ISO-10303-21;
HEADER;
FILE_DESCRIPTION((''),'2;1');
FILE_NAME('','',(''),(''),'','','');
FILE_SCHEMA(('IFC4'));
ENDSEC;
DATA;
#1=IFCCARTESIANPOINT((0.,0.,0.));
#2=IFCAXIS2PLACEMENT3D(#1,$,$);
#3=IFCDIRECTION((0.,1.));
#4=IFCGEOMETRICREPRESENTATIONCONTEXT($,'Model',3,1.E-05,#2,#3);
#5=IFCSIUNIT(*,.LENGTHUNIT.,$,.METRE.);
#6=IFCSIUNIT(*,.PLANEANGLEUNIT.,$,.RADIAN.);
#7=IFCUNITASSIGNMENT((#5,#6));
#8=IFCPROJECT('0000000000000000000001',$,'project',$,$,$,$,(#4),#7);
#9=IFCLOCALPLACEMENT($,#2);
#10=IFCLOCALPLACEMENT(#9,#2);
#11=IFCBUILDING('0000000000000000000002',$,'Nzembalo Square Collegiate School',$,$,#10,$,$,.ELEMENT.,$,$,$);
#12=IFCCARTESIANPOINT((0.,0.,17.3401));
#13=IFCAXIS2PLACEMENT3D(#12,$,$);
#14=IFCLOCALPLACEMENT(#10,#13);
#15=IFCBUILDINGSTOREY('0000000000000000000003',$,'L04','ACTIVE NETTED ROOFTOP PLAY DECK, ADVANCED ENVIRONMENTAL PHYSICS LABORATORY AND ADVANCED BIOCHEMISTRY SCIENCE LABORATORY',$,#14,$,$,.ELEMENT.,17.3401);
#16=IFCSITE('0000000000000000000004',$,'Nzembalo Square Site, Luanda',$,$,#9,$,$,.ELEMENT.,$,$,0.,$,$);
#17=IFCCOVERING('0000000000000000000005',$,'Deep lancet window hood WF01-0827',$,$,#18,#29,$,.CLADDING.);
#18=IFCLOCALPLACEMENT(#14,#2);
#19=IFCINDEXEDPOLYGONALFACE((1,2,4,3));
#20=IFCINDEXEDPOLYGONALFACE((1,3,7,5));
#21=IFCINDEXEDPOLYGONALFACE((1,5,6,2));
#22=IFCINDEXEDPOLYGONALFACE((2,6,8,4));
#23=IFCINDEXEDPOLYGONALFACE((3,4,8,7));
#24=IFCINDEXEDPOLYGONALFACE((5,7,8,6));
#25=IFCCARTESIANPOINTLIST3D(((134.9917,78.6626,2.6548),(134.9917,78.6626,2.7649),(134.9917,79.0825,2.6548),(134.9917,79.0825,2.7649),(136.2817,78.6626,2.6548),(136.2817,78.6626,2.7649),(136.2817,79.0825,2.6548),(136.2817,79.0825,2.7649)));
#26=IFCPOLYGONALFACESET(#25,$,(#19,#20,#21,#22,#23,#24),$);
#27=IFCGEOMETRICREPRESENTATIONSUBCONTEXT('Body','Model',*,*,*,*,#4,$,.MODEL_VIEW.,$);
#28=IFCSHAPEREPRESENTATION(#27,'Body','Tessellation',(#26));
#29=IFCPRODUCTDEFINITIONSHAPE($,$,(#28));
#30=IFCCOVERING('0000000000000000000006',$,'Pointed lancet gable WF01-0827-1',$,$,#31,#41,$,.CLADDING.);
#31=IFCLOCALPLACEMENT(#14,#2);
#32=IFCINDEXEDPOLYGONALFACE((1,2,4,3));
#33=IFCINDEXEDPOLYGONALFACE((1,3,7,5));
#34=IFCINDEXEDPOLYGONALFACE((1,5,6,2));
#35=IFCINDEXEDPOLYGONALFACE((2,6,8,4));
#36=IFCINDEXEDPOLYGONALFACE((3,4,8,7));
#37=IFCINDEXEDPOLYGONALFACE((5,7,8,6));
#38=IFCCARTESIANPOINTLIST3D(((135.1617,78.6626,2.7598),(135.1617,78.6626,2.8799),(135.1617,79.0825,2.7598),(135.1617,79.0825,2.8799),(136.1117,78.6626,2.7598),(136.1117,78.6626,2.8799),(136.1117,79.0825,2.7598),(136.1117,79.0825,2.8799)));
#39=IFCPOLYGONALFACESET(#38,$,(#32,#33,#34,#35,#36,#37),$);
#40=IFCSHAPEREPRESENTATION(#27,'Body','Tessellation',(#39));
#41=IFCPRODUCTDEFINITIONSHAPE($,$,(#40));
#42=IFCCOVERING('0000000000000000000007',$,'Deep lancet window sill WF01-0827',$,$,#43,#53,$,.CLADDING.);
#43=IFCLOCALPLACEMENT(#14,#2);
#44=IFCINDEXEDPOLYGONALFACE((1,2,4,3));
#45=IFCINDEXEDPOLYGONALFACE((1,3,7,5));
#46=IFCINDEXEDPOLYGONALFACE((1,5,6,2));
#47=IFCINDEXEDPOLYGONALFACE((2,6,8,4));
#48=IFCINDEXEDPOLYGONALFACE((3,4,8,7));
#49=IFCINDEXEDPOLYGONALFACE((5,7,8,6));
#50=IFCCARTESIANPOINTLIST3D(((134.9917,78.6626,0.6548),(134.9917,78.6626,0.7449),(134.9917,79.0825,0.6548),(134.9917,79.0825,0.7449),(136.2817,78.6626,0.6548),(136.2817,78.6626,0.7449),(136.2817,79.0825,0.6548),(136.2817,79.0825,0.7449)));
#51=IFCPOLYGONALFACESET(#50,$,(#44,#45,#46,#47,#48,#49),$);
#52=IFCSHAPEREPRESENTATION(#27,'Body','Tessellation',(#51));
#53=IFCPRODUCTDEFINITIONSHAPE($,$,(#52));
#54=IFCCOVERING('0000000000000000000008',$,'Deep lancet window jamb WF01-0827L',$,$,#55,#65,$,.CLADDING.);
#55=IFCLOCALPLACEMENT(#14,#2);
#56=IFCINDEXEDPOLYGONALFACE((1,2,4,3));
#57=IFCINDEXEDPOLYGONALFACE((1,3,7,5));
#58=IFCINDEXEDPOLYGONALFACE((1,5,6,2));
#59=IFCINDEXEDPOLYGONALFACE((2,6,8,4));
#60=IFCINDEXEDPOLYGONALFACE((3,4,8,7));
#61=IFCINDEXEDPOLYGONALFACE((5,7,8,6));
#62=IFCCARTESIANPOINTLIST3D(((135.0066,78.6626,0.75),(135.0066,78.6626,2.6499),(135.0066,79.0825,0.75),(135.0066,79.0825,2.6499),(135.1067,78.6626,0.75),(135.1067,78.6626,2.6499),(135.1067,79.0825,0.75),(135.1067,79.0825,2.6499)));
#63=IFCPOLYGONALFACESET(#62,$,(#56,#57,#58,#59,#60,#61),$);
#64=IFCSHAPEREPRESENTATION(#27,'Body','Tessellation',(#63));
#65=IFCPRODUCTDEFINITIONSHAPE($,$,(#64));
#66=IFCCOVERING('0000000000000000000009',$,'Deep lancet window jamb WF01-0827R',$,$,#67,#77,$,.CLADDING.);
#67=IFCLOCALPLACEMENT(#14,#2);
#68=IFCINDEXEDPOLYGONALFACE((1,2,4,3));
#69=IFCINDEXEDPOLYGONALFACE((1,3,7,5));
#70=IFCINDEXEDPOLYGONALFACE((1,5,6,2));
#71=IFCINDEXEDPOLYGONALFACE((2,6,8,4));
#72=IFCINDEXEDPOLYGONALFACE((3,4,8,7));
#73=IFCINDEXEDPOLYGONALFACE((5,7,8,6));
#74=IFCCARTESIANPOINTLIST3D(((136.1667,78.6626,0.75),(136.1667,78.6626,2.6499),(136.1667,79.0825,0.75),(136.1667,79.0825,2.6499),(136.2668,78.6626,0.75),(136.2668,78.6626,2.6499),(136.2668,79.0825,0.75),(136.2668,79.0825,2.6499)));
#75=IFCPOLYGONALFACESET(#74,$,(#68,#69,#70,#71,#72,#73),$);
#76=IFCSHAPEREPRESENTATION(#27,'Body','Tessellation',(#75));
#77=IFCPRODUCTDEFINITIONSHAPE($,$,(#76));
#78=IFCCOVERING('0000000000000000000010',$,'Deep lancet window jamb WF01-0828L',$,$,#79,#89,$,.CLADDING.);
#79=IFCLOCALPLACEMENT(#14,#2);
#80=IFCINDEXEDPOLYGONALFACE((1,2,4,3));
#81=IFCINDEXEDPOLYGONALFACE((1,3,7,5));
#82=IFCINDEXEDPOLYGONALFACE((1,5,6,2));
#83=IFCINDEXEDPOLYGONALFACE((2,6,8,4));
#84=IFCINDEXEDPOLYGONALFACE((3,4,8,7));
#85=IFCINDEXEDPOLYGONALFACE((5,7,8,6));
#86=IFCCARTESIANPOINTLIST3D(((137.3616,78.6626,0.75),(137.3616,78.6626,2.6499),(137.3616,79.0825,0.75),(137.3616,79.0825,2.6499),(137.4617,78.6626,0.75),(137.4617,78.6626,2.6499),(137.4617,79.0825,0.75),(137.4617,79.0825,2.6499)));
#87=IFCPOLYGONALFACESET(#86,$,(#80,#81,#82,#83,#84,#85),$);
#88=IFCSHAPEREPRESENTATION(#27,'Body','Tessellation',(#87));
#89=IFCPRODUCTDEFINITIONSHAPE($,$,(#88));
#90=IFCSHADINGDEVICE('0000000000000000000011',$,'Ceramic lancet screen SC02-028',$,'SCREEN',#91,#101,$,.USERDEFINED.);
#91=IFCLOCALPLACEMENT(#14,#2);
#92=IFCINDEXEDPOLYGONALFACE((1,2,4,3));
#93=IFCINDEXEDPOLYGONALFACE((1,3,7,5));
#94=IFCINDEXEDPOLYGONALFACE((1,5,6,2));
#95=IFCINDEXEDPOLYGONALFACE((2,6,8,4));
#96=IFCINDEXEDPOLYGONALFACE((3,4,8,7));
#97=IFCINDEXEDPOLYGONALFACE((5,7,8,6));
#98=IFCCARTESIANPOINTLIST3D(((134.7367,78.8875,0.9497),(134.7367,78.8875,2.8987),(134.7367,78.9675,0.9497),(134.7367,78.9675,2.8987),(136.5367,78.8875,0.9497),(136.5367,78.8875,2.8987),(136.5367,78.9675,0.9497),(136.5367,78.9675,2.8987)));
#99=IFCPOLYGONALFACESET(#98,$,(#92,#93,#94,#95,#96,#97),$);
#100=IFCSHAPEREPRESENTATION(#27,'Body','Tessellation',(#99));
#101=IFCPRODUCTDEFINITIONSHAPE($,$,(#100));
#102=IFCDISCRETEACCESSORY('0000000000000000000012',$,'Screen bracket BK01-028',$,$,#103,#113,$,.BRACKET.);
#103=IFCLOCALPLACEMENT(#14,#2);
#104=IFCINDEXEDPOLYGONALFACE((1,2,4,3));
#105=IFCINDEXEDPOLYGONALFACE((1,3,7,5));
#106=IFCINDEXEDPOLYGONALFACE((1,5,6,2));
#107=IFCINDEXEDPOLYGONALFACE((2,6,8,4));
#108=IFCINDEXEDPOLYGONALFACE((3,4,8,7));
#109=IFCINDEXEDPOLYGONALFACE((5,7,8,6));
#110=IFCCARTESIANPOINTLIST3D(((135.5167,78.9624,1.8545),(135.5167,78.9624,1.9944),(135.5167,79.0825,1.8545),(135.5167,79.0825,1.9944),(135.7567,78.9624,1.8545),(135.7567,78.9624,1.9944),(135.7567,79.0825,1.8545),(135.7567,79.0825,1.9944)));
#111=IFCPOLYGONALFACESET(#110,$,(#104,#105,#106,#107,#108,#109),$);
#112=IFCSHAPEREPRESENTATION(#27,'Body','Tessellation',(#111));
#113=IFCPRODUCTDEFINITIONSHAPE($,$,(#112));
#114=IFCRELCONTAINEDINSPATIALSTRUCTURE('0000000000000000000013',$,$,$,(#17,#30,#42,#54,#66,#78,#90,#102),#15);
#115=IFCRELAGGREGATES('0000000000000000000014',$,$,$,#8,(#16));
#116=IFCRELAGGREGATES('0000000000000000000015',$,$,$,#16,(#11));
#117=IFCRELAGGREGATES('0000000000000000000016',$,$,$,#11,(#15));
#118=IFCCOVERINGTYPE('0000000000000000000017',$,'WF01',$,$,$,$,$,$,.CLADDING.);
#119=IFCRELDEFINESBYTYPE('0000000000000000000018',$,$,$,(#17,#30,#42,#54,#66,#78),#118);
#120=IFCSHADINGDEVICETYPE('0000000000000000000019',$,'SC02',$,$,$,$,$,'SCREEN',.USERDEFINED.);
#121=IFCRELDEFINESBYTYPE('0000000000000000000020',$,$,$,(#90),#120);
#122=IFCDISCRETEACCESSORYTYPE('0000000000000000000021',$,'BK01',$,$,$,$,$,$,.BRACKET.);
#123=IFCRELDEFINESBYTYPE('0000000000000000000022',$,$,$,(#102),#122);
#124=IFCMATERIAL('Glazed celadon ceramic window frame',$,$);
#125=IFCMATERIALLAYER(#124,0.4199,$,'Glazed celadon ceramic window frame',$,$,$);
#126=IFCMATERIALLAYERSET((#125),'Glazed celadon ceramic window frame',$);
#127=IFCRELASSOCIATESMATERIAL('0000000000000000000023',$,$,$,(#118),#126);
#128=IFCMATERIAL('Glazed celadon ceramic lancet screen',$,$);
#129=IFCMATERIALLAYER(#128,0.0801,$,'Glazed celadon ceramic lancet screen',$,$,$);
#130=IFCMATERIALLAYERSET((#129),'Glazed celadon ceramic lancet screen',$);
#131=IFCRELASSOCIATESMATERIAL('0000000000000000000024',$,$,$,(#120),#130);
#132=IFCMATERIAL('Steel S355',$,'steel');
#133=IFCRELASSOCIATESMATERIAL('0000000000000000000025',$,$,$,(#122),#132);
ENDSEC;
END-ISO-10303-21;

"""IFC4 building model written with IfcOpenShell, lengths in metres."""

from ifc_helpers import new_model, si_unit, direction, frame, origin, origin_2d, place, context, subcontext, project, spatial, rectangle, extrude, material, layer, layer_set, type_object, element, save


model = new_model("IFC4")

# Units and contexts
model_context = context("Model", 3, precision=1e-05, world=origin(), true_north=direction((0.0, 1.0)))
body_context = subcontext(model_context, "Body", "Model", "MODEL_VIEW")
ifc_project = project(units=[si_unit("LENGTHUNIT", "METRE"), si_unit("PLANEANGLEUNIT", "RADIAN")], contexts=[model_context])

# Site, building, storey
site_placement = place(None, origin())
site = spatial("IfcSite", under=ifc_project, at=site_placement, Name="Nzembalo Square Site, Luanda", CompositionType="ELEMENT", RefElevation=0.0)
building_placement = place(site_placement, origin())
building = spatial("IfcBuilding", under=site, at=building_placement, Name="Nzembalo Square Collegiate School", CompositionType="ELEMENT")
storey_placement = place(building_placement, frame((0.0, 0.0, 17.3401)))
storey = spatial("IfcBuildingStorey", under=building, at=storey_placement, Name="L04", Description="ACTIVE NETTED ROOFTOP PLAY DECK, ADVANCED ENVIRONMENTAL PHYSICS LABORATORY AND ADVANCED BIOCHEMISTRY SCIENCE LABORATORY", CompositionType="ELEMENT", Elevation=17.3401)

# Coverings
ifc_material_1 = material(Name="Glazed celadon ceramic window frame")
ifc_layer_1 = layer(ifc_material_1, 0.4199, Name="Glazed celadon ceramic window frame")
ifc_layer_set_1 = layer_set([ifc_layer_1], Name="Glazed celadon ceramic window frame")
covering_type_1 = type_object("IfcCoveringType", Name="WF01", PredefinedType="CLADDING", material=ifc_layer_set_1)
covering_1_placement = place(storey_placement, frame((135.6367, 78.8726, 2.6548), z_axis=(0.0, 0.0, 1.0), x_axis=(1.0, 0.0, 0.0)))
element("IfcCovering", 1, at=covering_1_placement, inside=storey, type_object=covering_type_1, Name="Deep lancet window hood WF01-0827", PredefinedType="CLADDING", context=body_context, shape_type="SweptSolid", body=[
    extrude(rectangle(XDim=1.29, YDim=0.4199, at=origin_2d()), origin(), (0.0, 0.0, 1.0), 0.1101),
])
covering_2_placement = place(storey_placement, frame((135.6367, 78.8726, 2.7598), z_axis=(0.0, 0.0, 1.0), x_axis=(1.0, 0.0, 0.0)))
element("IfcCovering", 2, at=covering_2_placement, inside=storey, type_object=covering_type_1, Name="Pointed lancet gable WF01-0827-1", PredefinedType="CLADDING", context=body_context, shape_type="SweptSolid", body=[
    extrude(rectangle(XDim=0.95, YDim=0.4199, at=origin_2d()), origin(), (0.0, 0.0, 1.0), 0.1201),
])
covering_3_placement = place(storey_placement, frame((135.6367, 78.8726, 0.6548), z_axis=(0.0, 0.0, 1.0), x_axis=(1.0, 0.0, 0.0)))
element("IfcCovering", 3, at=covering_3_placement, inside=storey, type_object=covering_type_1, Name="Deep lancet window sill WF01-0827", PredefinedType="CLADDING", context=body_context, shape_type="SweptSolid", body=[
    extrude(rectangle(XDim=1.29, YDim=0.4199, at=origin_2d()), origin(), (0.0, 0.0, 1.0), 0.0901),
])
for number, where, z_axis, x_axis, name in (
    (4, (135.0566, 78.8726, 0.75), (0.0, 0.0, 1.0), (1.0, 0.0, 0.0), "Deep lancet window jamb WF01-0827L"),
    (5, (136.2168, 78.8726, 0.75), (0.0, 0.0, 1.0), (1.0, 0.0, 0.0), "Deep lancet window jamb WF01-0827R"),
    (6, (137.4116, 78.8726, 0.75), (0.0, 0.0, 1.0), (1.0, 0.0, 0.0), "Deep lancet window jamb WF01-0828L"),
):
    element("IfcCovering", number, at=place(storey_placement, frame(where, z_axis=z_axis, x_axis=x_axis)), inside=storey, type_object=covering_type_1, Name=name, PredefinedType="CLADDING", context=body_context, shape_type="SweptSolid", body=[
        extrude(rectangle(XDim=0.1001, YDim=0.4199, at=origin_2d()), origin(), (0.0, 0.0, 1.0), 1.8999),
    ])

# Shading device
ifc_material_2 = material(Name="Glazed celadon ceramic lancet screen")
ifc_layer_2 = layer(ifc_material_2, 0.0801, Name="Glazed celadon ceramic lancet screen")
ifc_layer_set_2 = layer_set([ifc_layer_2], Name="Glazed celadon ceramic lancet screen")
shading_device_type = type_object("IfcShadingDeviceType", Name="SC02", ElementType="SCREEN", PredefinedType="USERDEFINED", material=ifc_layer_set_2)
shading_device_placement = place(storey_placement, frame((135.6367, 78.9275, 0.9497), z_axis=(0.0, 0.0, 1.0), x_axis=(1.0, 0.0, 0.0)))
element("IfcShadingDevice", 7, at=shading_device_placement, inside=storey, type_object=shading_device_type, Name="Ceramic lancet screen SC02-028", ObjectType="SCREEN", PredefinedType="USERDEFINED", context=body_context, shape_type="SweptSolid", body=[
    extrude(rectangle(XDim=1.8, YDim=0.0801, at=origin_2d()), origin(), (0.0, 0.0, 1.0), 1.949),
])

# Discrete accessory
ifc_material_3 = material(Name="Steel S355", Category="steel")
discrete_accessory_type = type_object("IfcDiscreteAccessoryType", Name="BK01", PredefinedType="BRACKET", material=ifc_material_3)
discrete_accessory_placement = place(storey_placement, frame((135.6367, 79.0225, 1.8545), z_axis=(0.0, 0.0, 1.0), x_axis=(1.0, 0.0, 0.0)))
element("IfcDiscreteAccessory", 8, at=discrete_accessory_placement, inside=storey, type_object=discrete_accessory_type, Name="Screen bracket BK01-028", PredefinedType="BRACKET", context=body_context, shape_type="SweptSolid", body=[
    extrude(rectangle(XDim=0.24, YDim=0.1201, at=origin_2d()), origin(), (0.0, 0.0, 1.0), 0.1399),
])

save(model, "model.ifc")
